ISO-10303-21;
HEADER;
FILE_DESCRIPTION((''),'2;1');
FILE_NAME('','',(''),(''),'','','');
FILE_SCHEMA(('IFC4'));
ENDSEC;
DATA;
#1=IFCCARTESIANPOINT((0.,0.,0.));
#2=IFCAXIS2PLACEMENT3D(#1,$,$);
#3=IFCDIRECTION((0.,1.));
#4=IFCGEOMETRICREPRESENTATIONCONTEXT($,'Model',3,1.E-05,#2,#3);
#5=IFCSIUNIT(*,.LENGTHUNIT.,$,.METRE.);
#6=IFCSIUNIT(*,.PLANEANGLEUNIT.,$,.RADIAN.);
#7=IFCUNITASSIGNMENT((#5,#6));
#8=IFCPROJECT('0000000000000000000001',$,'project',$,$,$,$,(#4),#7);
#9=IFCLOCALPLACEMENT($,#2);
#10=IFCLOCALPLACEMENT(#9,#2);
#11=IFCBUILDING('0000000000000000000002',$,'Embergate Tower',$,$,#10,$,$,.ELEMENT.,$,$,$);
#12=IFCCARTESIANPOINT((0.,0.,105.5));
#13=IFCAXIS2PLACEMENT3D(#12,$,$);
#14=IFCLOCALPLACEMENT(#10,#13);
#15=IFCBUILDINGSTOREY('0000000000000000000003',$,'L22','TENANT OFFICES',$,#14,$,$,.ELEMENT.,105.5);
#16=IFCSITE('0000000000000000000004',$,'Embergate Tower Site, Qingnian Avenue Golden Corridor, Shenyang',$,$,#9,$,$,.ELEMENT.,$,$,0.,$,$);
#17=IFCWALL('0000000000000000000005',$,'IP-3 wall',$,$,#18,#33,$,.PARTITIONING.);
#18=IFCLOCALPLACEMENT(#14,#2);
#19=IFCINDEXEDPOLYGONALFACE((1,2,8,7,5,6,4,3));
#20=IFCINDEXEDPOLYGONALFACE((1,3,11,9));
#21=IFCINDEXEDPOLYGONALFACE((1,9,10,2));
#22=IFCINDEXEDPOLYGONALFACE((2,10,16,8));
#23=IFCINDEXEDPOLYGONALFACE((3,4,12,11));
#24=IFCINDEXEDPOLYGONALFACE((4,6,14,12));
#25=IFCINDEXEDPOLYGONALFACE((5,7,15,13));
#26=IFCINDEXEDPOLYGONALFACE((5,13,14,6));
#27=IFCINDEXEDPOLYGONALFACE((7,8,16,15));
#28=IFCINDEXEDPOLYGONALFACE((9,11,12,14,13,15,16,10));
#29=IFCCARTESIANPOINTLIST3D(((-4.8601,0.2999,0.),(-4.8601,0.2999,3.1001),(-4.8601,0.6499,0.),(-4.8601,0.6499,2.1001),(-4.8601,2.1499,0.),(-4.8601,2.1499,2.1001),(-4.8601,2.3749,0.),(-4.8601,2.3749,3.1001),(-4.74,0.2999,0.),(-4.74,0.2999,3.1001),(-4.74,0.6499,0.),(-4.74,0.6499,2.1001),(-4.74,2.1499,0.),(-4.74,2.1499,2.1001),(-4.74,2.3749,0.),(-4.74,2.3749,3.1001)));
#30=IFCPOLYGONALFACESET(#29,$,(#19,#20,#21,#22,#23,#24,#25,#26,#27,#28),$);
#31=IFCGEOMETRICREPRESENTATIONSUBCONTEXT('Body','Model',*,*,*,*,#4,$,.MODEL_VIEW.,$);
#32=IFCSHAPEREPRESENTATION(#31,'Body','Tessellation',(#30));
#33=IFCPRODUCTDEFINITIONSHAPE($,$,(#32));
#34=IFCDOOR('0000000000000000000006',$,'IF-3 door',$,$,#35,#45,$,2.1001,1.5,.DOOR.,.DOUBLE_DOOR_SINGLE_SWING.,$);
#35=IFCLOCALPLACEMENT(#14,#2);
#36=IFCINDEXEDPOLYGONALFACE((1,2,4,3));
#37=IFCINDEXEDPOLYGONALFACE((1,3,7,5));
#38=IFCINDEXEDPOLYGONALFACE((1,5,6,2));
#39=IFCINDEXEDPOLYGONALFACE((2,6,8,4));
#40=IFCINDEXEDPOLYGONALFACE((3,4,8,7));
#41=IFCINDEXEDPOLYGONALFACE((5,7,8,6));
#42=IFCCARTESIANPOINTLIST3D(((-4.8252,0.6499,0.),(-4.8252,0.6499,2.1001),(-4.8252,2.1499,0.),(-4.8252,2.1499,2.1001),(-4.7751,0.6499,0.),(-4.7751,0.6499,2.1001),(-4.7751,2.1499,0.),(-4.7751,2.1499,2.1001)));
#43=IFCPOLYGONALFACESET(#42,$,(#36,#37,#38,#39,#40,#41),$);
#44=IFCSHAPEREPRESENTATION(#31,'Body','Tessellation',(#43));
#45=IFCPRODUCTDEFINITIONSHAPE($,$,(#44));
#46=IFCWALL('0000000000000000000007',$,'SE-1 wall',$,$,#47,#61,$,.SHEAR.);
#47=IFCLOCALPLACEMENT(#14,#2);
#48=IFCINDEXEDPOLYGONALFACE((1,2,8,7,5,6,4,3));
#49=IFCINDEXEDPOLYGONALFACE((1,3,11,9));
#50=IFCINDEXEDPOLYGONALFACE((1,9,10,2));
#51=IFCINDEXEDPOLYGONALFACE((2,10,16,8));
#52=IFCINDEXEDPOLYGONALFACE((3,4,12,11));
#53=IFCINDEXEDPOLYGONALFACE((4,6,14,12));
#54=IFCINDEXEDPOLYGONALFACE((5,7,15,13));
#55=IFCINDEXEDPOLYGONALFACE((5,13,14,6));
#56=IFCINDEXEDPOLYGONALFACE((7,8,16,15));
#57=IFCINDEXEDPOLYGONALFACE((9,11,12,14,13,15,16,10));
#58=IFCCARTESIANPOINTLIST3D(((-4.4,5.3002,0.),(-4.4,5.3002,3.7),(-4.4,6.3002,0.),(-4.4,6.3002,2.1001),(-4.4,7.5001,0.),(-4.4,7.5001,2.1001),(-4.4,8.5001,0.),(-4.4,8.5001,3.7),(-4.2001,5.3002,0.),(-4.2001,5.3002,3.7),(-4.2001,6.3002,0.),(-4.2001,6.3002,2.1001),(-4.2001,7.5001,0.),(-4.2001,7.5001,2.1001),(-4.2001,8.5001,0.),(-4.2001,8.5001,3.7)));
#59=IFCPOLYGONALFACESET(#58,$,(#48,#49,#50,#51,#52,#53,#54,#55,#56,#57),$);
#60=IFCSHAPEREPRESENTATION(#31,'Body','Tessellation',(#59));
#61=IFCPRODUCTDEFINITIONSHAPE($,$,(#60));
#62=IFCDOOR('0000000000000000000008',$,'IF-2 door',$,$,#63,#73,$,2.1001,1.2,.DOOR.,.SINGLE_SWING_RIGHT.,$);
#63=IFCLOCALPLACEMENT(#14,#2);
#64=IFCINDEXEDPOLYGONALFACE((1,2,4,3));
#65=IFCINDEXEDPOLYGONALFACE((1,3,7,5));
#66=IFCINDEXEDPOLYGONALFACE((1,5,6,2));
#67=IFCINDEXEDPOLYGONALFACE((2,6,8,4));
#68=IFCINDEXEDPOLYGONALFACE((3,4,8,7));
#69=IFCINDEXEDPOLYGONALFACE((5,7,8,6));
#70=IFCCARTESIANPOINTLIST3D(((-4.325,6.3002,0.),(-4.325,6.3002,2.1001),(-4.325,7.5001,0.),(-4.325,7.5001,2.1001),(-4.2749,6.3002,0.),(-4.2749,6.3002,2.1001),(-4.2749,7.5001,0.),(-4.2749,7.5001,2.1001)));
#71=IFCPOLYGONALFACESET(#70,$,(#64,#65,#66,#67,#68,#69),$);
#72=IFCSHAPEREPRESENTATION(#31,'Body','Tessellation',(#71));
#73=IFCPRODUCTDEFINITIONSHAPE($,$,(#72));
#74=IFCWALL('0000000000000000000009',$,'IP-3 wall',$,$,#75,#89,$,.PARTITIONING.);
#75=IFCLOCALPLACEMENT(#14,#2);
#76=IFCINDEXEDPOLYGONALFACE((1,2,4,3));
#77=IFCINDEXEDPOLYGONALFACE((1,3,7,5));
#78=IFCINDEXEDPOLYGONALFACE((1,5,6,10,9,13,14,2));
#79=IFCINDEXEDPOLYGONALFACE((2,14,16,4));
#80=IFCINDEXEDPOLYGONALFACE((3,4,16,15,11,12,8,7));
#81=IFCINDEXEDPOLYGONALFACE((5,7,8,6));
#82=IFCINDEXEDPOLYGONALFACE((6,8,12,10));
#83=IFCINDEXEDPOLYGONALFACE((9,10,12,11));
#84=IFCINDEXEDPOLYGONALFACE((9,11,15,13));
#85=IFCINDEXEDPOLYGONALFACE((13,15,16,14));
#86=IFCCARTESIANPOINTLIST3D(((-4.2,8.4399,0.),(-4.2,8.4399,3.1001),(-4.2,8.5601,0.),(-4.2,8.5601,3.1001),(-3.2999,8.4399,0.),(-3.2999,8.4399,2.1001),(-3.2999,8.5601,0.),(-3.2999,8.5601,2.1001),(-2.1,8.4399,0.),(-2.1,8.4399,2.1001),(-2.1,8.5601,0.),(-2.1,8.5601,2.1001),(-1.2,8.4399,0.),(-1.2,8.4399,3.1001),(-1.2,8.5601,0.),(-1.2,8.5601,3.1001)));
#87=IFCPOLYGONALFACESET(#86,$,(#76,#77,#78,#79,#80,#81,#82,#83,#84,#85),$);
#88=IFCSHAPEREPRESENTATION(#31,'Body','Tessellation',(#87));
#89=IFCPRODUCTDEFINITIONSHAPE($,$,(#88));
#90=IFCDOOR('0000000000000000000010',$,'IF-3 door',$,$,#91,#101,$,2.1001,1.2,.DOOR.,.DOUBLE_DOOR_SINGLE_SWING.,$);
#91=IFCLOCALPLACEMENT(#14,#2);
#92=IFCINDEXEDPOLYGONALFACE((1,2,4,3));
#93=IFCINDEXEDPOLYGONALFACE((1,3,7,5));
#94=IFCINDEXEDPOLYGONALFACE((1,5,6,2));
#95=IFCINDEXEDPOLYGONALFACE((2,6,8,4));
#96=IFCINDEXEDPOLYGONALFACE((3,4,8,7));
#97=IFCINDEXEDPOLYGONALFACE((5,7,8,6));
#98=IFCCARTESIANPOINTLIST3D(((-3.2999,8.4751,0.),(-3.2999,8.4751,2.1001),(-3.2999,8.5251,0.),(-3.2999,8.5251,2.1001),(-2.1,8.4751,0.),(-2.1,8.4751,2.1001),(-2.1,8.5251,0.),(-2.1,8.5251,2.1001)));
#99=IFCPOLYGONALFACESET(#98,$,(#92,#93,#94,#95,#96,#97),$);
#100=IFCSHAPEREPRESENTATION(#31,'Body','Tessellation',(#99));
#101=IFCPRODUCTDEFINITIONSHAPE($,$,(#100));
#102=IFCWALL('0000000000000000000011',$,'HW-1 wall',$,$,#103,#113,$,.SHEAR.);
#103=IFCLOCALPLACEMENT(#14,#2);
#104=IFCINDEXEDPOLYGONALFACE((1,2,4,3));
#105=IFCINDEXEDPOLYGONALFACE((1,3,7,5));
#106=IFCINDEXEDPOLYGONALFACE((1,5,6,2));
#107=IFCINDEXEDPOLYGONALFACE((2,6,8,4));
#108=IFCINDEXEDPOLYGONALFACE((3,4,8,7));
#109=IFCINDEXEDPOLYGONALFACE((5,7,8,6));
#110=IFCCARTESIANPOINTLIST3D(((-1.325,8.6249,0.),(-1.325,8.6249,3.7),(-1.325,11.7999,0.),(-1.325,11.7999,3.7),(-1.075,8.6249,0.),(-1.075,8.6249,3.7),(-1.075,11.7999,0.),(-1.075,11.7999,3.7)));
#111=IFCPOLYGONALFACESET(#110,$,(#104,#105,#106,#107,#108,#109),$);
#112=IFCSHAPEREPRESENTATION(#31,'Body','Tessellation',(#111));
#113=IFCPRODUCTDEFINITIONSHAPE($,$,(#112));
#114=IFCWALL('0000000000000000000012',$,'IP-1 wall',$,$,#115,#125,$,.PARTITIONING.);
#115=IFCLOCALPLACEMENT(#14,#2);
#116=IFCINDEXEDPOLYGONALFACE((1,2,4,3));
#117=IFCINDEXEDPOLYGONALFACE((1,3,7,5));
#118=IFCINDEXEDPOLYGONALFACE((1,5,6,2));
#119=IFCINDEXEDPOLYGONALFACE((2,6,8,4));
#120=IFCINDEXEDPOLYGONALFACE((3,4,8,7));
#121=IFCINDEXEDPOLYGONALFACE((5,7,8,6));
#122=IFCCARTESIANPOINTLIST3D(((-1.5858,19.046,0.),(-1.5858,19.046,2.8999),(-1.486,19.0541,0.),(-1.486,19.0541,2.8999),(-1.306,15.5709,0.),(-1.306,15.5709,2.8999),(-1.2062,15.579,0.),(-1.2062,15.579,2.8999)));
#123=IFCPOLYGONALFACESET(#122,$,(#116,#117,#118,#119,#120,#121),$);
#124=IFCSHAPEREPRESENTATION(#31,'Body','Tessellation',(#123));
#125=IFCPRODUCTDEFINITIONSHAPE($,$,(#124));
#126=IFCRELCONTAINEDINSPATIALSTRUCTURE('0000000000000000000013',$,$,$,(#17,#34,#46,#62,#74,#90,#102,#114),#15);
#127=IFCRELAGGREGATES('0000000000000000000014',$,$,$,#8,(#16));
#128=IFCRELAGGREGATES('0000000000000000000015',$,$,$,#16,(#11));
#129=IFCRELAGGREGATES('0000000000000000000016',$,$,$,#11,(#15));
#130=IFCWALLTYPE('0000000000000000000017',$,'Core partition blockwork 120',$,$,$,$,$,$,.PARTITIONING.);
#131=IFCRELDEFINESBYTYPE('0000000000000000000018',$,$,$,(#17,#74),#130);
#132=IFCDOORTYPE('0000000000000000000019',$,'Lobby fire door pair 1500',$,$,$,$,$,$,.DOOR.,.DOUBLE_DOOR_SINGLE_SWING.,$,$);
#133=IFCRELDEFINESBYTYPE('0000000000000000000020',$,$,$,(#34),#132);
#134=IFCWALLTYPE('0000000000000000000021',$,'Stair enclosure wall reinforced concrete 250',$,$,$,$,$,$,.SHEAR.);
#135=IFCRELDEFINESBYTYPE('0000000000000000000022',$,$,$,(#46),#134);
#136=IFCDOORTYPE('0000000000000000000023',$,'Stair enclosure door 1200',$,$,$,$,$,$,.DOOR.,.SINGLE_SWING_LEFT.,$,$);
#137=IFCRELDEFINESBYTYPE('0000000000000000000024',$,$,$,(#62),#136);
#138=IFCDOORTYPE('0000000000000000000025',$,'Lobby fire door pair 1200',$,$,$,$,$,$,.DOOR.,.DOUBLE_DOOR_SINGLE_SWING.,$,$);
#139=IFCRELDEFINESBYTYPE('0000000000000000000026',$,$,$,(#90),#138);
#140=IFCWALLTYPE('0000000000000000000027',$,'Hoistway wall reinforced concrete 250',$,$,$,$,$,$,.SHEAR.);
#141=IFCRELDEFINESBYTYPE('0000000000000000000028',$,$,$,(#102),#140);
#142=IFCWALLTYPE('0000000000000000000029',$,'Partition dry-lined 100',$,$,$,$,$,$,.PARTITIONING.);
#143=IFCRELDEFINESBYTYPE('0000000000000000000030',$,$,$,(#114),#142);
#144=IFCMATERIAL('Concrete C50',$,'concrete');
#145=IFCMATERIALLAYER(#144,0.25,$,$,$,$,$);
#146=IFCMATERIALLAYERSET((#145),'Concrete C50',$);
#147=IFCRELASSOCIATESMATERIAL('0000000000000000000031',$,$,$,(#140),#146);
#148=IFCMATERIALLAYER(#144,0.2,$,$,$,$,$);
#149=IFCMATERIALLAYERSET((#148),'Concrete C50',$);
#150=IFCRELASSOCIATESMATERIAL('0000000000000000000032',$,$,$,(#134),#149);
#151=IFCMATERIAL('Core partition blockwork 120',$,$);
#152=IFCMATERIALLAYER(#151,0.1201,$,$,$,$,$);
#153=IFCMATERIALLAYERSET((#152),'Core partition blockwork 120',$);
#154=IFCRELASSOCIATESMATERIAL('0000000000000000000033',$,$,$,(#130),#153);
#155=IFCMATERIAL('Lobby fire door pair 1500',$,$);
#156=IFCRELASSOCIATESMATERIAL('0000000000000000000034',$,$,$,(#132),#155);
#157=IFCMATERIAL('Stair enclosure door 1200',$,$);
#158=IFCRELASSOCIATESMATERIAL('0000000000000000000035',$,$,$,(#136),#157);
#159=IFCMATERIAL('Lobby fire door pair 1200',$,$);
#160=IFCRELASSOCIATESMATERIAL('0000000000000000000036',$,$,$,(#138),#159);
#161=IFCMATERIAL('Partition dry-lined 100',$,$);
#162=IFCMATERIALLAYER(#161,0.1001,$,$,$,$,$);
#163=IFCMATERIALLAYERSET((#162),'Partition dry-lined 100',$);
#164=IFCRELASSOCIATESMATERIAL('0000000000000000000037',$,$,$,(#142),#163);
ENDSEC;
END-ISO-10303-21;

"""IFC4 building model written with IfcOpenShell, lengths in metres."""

from ifc_helpers import new_model, si_unit, direction, frame, frame_2d, origin, place, context, subcontext, project, spatial, rectangle, extrude, source, transform, mapped, material, layer, layer_set, type_object, element, fill, save


model = new_model("IFC4")

# Units and contexts
model_context = context("Model", 3, precision=1e-05, world=origin(), true_north=direction((0.0, 1.0)))
body_context = subcontext(model_context, "Body", "Model", "MODEL_VIEW")
ifc_project = project(units=[si_unit("LENGTHUNIT", "METRE"), si_unit("PLANEANGLEUNIT", "RADIAN")], contexts=[model_context])

# Site, building, storey
site_placement = place(None, origin())
site = spatial("IfcSite", under=ifc_project, at=site_placement, Name="Embergate Tower Site, Qingnian Avenue Golden Corridor, Shenyang", CompositionType="ELEMENT", RefElevation=0.0)
building_placement = place(site_placement, origin())
building = spatial("IfcBuilding", under=site, at=building_placement, Name="Embergate Tower", CompositionType="ELEMENT")
storey_placement = place(building_placement, frame((0.0, 0.0, 105.5)))
storey = spatial("IfcBuildingStorey", under=building, at=storey_placement, Name="L22", Description="TENANT OFFICES", CompositionType="ELEMENT", Elevation=105.5)

# Shared definitions
ifc_material_1 = material(Name="Concrete C50", Category="concrete")
ifc_layer_1 = layer(ifc_material_1, 0.25)
ifc_layer_set_1 = layer_set([ifc_layer_1], Name="Concrete C50")
wall_type_1 = type_object("IfcWallType", Name="Hoistway wall reinforced concrete 250", PredefinedType="SHEAR", material=ifc_layer_set_1)
ifc_layer_2 = layer(ifc_material_1, 0.2)
ifc_layer_set_2 = layer_set([ifc_layer_2], Name="Concrete C50")
wall_type_2 = type_object("IfcWallType", Name="Stair enclosure wall reinforced concrete 250", PredefinedType="SHEAR", material=ifc_layer_set_2)
ifc_material_2 = material(Name="Core partition blockwork 120")
ifc_layer_3 = layer(ifc_material_2, 0.1201)
ifc_layer_set_3 = layer_set([ifc_layer_3], Name="Core partition blockwork 120")
wall_type_3 = type_object("IfcWallType", Name="Core partition blockwork 120", PredefinedType="PARTITIONING", material=ifc_layer_set_3)

# Walls, openings, doors
shared_shape_1 = source(origin(), body_context, "Body", "SweptSolid", [
    extrude(rectangle(XDim=2.075, YDim=0.1201, at=frame_2d((1.0376, 0.0))), origin(), (0.0, 0.0, 1.0), 3.1001),
])
wall_1_placement = place(storey_placement, frame((-4.8, 2.375, 0.0), z_axis=(0.0, 0.0, 1.0), x_axis=(0.0, -1.0, 0.0)))
wall_1 = element("IfcWall", 1, at=wall_1_placement, inside=storey, type_object=wall_type_3, Name="IP-3 wall", PredefinedType="PARTITIONING", context=body_context, shape_type="MappedRepresentation", body=[
    mapped(shared_shape_1, transform((0.0, 0.0, 0.0))),
])
shared_shape_2 = source(origin(), body_context, "Body", "SweptSolid", [
    extrude(rectangle(XDim=1.5, YDim=2.1001, at=frame_2d((0.75, 1.05))), frame((0.0, 0.0701, 0.0), z_axis=(0.0, -1.0, 0.0), x_axis=(1.0, 0.0, 0.0)), (0.0, 0.0, 1.0), 0.1401),
])
opening_1_placement = place(wall_1_placement, frame((0.2251, 0.0, 0.0)))
opening_1 = element("IfcOpeningElement", 2, at=opening_1_placement, cuts=wall_1, PredefinedType="OPENING", context=body_context, shape_type="MappedRepresentation", body=[
    mapped(shared_shape_2, transform((0.0, 0.0, 0.0))),
])
ifc_material_3 = material(Name="Lobby fire door pair 1500")
door_type_1 = type_object("IfcDoorType", Name="Lobby fire door pair 1500", OperationType="DOUBLE_DOOR_SINGLE_SWING", PredefinedType="DOOR", material=ifc_material_3)
shared_shape_3 = source(origin(), body_context, "Body", "SweptSolid", [
    extrude(rectangle(XDim=1.5, YDim=2.1001, at=frame_2d((0.75, 1.05))), frame((0.0, 0.0249, 0.0), z_axis=(0.0, -1.0, 0.0), x_axis=(1.0, 0.0, 0.0)), (0.0, 0.0, 1.0), 0.05),
])
door_1_placement = place(opening_1_placement, origin())
door_1 = element("IfcDoor", 3, at=door_1_placement, inside=storey, type_object=door_type_1, Name="IF-3 door", OperationType="DOUBLE_DOOR_SINGLE_SWING", OverallHeight=2.1001, OverallWidth=1.5, PredefinedType="DOOR", context=body_context, shape_type="MappedRepresentation", body=[
    mapped(shared_shape_3, transform((0.0, 0.0, 0.0))),
])
fill(opening_1, door_1)
shared_shape_4 = source(origin(), body_context, "Body", "SweptSolid", [
    extrude(rectangle(XDim=3.2, YDim=0.2, at=frame_2d((1.6001, 0.0))), origin(), (0.0, 0.0, 1.0), 3.7),
])
wall_2_placement = place(storey_placement, frame((-4.3, 5.3, 0.0), z_axis=(0.0, 0.0, 1.0), x_axis=(0.0, 1.0, 0.0)))
wall_2 = element("IfcWall", 4, at=wall_2_placement, inside=storey, type_object=wall_type_2, Name="SE-1 wall", PredefinedType="SHEAR", context=body_context, shape_type="MappedRepresentation", body=[
    mapped(shared_shape_4, transform((0.0, 0.0, 0.0))),
])
shared_shape_5 = source(origin(), body_context, "Body", "SweptSolid", [
    extrude(rectangle(XDim=1.2, YDim=2.1001, at=frame_2d((0.6001, 1.05))), frame((0.0, 0.1099, 0.0), z_axis=(0.0, -1.0, 0.0), x_axis=(1.0, 0.0, 0.0)), (0.0, 0.0, 1.0), 0.22),
])
opening_2_placement = place(wall_2_placement, frame((1.0, 0.0, 0.0)))
opening_2 = element("IfcOpeningElement", 5, at=opening_2_placement, cuts=wall_2, PredefinedType="OPENING", context=body_context, shape_type="MappedRepresentation", body=[
    mapped(shared_shape_5, transform((0.0, 0.0, 0.0))),
])
ifc_material_4 = material(Name="Stair enclosure door 1200")
door_type_2 = type_object("IfcDoorType", Name="Stair enclosure door 1200", OperationType="SINGLE_SWING_LEFT", PredefinedType="DOOR", material=ifc_material_4)
shared_shape_6 = source(origin(), body_context, "Body", "SweptSolid", [
    extrude(rectangle(XDim=1.2, YDim=2.1001, at=frame_2d((0.6001, 1.05))), frame((0.0, 0.0249, 0.0), z_axis=(0.0, -1.0, 0.0), x_axis=(1.0, 0.0, 0.0)), (0.0, 0.0, 1.0), 0.05),
])
door_2_placement = place(opening_2_placement, origin())
door_2 = element("IfcDoor", 6, at=door_2_placement, inside=storey, type_object=door_type_2, Name="IF-2 door", OperationType="SINGLE_SWING_RIGHT", OverallHeight=2.1001, OverallWidth=1.2, PredefinedType="DOOR", context=body_context, shape_type="MappedRepresentation", body=[
    mapped(shared_shape_6, transform((0.0, 0.0, 0.0))),
])
fill(opening_2, door_2)
shared_shape_7 = source(origin(), body_context, "Body", "SweptSolid", [
    extrude(rectangle(XDim=3.0, YDim=0.1201, at=frame_2d((1.5, 0.0))), origin(), (0.0, 0.0, 1.0), 3.1001),
])
wall_3_placement = place(storey_placement, frame((-1.2, 8.5, 0.0), z_axis=(0.0, 0.0, 1.0), x_axis=(-1.0, 0.0, 0.0)))
wall_3 = element("IfcWall", 7, at=wall_3_placement, inside=storey, type_object=wall_type_3, Name="IP-3 wall", PredefinedType="PARTITIONING", context=body_context, shape_type="MappedRepresentation", body=[
    mapped(shared_shape_7, transform((0.0, 0.0, 0.0))),
])
shared_shape_8 = source(origin(), body_context, "Body", "SweptSolid", [
    extrude(rectangle(XDim=1.2, YDim=2.1001, at=frame_2d((0.6001, 1.05))), frame((0.0, 0.0701, 0.0), z_axis=(0.0, -1.0, 0.0), x_axis=(1.0, 0.0, 0.0)), (0.0, 0.0, 1.0), 0.1401),
])
opening_3_placement = place(wall_3_placement, frame((0.8999, 0.0, 0.0)))
opening_3 = element("IfcOpeningElement", 8, at=opening_3_placement, cuts=wall_3, PredefinedType="OPENING", context=body_context, shape_type="MappedRepresentation", body=[
    mapped(shared_shape_8, transform((0.0, 0.0, 0.0))),
])
ifc_material_5 = material(Name="Lobby fire door pair 1200")
door_type_3 = type_object("IfcDoorType", Name="Lobby fire door pair 1200", OperationType="DOUBLE_DOOR_SINGLE_SWING", PredefinedType="DOOR", material=ifc_material_5)
door_3_placement = place(opening_3_placement, origin())
door_3 = element("IfcDoor", 9, at=door_3_placement, inside=storey, type_object=door_type_3, Name="IF-3 door", OperationType="DOUBLE_DOOR_SINGLE_SWING", OverallHeight=2.1001, OverallWidth=1.2, PredefinedType="DOOR", context=body_context, shape_type="MappedRepresentation", body=[
    mapped(shared_shape_6, transform((0.0, 0.0, 0.0))),
])
fill(opening_3, door_3)

# Walls
shared_shape_9 = source(origin(), body_context, "Body", "SweptSolid", [
    extrude(rectangle(XDim=3.175, YDim=0.25, at=frame_2d((1.5874, 0.0))), origin(), (0.0, 0.0, 1.0), 3.7),
])
wall_4_placement = place(storey_placement, frame((-1.2, 8.625, 0.0), z_axis=(0.0, 0.0, 1.0), x_axis=(0.0, 1.0, 0.0)))
element("IfcWall", 10, at=wall_4_placement, inside=storey, type_object=wall_type_1, Name="HW-1 wall", PredefinedType="SHEAR", context=body_context, shape_type="MappedRepresentation", body=[
    mapped(shared_shape_9, transform((0.0, 0.0, 0.0))),
])
ifc_material_6 = material(Name="Partition dry-lined 100")
ifc_layer_4 = layer(ifc_material_6, 0.1001)
ifc_layer_set_4 = layer_set([ifc_layer_4], Name="Partition dry-lined 100")
wall_type_4 = type_object("IfcWallType", Name="Partition dry-lined 100", PredefinedType="PARTITIONING", material=ifc_layer_set_4)
shared_shape_10 = source(origin(), body_context, "Body", "SweptSolid", [
    extrude(rectangle(XDim=3.4863, YDim=0.1001, at=frame_2d((1.7432, 0.0))), origin(), (0.0, 0.0, 1.0), 2.8999),
])
wall_5_placement = place(storey_placement, frame((-1.2561, 15.575, 0.0), z_axis=(0.0, 0.0, 1.0), x_axis=(-0.080252, 0.996775, 0.0)))
element("IfcWall", 11, at=wall_5_placement, inside=storey, type_object=wall_type_4, Name="IP-1 wall", PredefinedType="PARTITIONING", context=body_context, shape_type="MappedRepresentation", body=[
    mapped(shared_shape_10, transform((0.0, 0.0, 0.0))),
])

save(model, "model.ifc")
